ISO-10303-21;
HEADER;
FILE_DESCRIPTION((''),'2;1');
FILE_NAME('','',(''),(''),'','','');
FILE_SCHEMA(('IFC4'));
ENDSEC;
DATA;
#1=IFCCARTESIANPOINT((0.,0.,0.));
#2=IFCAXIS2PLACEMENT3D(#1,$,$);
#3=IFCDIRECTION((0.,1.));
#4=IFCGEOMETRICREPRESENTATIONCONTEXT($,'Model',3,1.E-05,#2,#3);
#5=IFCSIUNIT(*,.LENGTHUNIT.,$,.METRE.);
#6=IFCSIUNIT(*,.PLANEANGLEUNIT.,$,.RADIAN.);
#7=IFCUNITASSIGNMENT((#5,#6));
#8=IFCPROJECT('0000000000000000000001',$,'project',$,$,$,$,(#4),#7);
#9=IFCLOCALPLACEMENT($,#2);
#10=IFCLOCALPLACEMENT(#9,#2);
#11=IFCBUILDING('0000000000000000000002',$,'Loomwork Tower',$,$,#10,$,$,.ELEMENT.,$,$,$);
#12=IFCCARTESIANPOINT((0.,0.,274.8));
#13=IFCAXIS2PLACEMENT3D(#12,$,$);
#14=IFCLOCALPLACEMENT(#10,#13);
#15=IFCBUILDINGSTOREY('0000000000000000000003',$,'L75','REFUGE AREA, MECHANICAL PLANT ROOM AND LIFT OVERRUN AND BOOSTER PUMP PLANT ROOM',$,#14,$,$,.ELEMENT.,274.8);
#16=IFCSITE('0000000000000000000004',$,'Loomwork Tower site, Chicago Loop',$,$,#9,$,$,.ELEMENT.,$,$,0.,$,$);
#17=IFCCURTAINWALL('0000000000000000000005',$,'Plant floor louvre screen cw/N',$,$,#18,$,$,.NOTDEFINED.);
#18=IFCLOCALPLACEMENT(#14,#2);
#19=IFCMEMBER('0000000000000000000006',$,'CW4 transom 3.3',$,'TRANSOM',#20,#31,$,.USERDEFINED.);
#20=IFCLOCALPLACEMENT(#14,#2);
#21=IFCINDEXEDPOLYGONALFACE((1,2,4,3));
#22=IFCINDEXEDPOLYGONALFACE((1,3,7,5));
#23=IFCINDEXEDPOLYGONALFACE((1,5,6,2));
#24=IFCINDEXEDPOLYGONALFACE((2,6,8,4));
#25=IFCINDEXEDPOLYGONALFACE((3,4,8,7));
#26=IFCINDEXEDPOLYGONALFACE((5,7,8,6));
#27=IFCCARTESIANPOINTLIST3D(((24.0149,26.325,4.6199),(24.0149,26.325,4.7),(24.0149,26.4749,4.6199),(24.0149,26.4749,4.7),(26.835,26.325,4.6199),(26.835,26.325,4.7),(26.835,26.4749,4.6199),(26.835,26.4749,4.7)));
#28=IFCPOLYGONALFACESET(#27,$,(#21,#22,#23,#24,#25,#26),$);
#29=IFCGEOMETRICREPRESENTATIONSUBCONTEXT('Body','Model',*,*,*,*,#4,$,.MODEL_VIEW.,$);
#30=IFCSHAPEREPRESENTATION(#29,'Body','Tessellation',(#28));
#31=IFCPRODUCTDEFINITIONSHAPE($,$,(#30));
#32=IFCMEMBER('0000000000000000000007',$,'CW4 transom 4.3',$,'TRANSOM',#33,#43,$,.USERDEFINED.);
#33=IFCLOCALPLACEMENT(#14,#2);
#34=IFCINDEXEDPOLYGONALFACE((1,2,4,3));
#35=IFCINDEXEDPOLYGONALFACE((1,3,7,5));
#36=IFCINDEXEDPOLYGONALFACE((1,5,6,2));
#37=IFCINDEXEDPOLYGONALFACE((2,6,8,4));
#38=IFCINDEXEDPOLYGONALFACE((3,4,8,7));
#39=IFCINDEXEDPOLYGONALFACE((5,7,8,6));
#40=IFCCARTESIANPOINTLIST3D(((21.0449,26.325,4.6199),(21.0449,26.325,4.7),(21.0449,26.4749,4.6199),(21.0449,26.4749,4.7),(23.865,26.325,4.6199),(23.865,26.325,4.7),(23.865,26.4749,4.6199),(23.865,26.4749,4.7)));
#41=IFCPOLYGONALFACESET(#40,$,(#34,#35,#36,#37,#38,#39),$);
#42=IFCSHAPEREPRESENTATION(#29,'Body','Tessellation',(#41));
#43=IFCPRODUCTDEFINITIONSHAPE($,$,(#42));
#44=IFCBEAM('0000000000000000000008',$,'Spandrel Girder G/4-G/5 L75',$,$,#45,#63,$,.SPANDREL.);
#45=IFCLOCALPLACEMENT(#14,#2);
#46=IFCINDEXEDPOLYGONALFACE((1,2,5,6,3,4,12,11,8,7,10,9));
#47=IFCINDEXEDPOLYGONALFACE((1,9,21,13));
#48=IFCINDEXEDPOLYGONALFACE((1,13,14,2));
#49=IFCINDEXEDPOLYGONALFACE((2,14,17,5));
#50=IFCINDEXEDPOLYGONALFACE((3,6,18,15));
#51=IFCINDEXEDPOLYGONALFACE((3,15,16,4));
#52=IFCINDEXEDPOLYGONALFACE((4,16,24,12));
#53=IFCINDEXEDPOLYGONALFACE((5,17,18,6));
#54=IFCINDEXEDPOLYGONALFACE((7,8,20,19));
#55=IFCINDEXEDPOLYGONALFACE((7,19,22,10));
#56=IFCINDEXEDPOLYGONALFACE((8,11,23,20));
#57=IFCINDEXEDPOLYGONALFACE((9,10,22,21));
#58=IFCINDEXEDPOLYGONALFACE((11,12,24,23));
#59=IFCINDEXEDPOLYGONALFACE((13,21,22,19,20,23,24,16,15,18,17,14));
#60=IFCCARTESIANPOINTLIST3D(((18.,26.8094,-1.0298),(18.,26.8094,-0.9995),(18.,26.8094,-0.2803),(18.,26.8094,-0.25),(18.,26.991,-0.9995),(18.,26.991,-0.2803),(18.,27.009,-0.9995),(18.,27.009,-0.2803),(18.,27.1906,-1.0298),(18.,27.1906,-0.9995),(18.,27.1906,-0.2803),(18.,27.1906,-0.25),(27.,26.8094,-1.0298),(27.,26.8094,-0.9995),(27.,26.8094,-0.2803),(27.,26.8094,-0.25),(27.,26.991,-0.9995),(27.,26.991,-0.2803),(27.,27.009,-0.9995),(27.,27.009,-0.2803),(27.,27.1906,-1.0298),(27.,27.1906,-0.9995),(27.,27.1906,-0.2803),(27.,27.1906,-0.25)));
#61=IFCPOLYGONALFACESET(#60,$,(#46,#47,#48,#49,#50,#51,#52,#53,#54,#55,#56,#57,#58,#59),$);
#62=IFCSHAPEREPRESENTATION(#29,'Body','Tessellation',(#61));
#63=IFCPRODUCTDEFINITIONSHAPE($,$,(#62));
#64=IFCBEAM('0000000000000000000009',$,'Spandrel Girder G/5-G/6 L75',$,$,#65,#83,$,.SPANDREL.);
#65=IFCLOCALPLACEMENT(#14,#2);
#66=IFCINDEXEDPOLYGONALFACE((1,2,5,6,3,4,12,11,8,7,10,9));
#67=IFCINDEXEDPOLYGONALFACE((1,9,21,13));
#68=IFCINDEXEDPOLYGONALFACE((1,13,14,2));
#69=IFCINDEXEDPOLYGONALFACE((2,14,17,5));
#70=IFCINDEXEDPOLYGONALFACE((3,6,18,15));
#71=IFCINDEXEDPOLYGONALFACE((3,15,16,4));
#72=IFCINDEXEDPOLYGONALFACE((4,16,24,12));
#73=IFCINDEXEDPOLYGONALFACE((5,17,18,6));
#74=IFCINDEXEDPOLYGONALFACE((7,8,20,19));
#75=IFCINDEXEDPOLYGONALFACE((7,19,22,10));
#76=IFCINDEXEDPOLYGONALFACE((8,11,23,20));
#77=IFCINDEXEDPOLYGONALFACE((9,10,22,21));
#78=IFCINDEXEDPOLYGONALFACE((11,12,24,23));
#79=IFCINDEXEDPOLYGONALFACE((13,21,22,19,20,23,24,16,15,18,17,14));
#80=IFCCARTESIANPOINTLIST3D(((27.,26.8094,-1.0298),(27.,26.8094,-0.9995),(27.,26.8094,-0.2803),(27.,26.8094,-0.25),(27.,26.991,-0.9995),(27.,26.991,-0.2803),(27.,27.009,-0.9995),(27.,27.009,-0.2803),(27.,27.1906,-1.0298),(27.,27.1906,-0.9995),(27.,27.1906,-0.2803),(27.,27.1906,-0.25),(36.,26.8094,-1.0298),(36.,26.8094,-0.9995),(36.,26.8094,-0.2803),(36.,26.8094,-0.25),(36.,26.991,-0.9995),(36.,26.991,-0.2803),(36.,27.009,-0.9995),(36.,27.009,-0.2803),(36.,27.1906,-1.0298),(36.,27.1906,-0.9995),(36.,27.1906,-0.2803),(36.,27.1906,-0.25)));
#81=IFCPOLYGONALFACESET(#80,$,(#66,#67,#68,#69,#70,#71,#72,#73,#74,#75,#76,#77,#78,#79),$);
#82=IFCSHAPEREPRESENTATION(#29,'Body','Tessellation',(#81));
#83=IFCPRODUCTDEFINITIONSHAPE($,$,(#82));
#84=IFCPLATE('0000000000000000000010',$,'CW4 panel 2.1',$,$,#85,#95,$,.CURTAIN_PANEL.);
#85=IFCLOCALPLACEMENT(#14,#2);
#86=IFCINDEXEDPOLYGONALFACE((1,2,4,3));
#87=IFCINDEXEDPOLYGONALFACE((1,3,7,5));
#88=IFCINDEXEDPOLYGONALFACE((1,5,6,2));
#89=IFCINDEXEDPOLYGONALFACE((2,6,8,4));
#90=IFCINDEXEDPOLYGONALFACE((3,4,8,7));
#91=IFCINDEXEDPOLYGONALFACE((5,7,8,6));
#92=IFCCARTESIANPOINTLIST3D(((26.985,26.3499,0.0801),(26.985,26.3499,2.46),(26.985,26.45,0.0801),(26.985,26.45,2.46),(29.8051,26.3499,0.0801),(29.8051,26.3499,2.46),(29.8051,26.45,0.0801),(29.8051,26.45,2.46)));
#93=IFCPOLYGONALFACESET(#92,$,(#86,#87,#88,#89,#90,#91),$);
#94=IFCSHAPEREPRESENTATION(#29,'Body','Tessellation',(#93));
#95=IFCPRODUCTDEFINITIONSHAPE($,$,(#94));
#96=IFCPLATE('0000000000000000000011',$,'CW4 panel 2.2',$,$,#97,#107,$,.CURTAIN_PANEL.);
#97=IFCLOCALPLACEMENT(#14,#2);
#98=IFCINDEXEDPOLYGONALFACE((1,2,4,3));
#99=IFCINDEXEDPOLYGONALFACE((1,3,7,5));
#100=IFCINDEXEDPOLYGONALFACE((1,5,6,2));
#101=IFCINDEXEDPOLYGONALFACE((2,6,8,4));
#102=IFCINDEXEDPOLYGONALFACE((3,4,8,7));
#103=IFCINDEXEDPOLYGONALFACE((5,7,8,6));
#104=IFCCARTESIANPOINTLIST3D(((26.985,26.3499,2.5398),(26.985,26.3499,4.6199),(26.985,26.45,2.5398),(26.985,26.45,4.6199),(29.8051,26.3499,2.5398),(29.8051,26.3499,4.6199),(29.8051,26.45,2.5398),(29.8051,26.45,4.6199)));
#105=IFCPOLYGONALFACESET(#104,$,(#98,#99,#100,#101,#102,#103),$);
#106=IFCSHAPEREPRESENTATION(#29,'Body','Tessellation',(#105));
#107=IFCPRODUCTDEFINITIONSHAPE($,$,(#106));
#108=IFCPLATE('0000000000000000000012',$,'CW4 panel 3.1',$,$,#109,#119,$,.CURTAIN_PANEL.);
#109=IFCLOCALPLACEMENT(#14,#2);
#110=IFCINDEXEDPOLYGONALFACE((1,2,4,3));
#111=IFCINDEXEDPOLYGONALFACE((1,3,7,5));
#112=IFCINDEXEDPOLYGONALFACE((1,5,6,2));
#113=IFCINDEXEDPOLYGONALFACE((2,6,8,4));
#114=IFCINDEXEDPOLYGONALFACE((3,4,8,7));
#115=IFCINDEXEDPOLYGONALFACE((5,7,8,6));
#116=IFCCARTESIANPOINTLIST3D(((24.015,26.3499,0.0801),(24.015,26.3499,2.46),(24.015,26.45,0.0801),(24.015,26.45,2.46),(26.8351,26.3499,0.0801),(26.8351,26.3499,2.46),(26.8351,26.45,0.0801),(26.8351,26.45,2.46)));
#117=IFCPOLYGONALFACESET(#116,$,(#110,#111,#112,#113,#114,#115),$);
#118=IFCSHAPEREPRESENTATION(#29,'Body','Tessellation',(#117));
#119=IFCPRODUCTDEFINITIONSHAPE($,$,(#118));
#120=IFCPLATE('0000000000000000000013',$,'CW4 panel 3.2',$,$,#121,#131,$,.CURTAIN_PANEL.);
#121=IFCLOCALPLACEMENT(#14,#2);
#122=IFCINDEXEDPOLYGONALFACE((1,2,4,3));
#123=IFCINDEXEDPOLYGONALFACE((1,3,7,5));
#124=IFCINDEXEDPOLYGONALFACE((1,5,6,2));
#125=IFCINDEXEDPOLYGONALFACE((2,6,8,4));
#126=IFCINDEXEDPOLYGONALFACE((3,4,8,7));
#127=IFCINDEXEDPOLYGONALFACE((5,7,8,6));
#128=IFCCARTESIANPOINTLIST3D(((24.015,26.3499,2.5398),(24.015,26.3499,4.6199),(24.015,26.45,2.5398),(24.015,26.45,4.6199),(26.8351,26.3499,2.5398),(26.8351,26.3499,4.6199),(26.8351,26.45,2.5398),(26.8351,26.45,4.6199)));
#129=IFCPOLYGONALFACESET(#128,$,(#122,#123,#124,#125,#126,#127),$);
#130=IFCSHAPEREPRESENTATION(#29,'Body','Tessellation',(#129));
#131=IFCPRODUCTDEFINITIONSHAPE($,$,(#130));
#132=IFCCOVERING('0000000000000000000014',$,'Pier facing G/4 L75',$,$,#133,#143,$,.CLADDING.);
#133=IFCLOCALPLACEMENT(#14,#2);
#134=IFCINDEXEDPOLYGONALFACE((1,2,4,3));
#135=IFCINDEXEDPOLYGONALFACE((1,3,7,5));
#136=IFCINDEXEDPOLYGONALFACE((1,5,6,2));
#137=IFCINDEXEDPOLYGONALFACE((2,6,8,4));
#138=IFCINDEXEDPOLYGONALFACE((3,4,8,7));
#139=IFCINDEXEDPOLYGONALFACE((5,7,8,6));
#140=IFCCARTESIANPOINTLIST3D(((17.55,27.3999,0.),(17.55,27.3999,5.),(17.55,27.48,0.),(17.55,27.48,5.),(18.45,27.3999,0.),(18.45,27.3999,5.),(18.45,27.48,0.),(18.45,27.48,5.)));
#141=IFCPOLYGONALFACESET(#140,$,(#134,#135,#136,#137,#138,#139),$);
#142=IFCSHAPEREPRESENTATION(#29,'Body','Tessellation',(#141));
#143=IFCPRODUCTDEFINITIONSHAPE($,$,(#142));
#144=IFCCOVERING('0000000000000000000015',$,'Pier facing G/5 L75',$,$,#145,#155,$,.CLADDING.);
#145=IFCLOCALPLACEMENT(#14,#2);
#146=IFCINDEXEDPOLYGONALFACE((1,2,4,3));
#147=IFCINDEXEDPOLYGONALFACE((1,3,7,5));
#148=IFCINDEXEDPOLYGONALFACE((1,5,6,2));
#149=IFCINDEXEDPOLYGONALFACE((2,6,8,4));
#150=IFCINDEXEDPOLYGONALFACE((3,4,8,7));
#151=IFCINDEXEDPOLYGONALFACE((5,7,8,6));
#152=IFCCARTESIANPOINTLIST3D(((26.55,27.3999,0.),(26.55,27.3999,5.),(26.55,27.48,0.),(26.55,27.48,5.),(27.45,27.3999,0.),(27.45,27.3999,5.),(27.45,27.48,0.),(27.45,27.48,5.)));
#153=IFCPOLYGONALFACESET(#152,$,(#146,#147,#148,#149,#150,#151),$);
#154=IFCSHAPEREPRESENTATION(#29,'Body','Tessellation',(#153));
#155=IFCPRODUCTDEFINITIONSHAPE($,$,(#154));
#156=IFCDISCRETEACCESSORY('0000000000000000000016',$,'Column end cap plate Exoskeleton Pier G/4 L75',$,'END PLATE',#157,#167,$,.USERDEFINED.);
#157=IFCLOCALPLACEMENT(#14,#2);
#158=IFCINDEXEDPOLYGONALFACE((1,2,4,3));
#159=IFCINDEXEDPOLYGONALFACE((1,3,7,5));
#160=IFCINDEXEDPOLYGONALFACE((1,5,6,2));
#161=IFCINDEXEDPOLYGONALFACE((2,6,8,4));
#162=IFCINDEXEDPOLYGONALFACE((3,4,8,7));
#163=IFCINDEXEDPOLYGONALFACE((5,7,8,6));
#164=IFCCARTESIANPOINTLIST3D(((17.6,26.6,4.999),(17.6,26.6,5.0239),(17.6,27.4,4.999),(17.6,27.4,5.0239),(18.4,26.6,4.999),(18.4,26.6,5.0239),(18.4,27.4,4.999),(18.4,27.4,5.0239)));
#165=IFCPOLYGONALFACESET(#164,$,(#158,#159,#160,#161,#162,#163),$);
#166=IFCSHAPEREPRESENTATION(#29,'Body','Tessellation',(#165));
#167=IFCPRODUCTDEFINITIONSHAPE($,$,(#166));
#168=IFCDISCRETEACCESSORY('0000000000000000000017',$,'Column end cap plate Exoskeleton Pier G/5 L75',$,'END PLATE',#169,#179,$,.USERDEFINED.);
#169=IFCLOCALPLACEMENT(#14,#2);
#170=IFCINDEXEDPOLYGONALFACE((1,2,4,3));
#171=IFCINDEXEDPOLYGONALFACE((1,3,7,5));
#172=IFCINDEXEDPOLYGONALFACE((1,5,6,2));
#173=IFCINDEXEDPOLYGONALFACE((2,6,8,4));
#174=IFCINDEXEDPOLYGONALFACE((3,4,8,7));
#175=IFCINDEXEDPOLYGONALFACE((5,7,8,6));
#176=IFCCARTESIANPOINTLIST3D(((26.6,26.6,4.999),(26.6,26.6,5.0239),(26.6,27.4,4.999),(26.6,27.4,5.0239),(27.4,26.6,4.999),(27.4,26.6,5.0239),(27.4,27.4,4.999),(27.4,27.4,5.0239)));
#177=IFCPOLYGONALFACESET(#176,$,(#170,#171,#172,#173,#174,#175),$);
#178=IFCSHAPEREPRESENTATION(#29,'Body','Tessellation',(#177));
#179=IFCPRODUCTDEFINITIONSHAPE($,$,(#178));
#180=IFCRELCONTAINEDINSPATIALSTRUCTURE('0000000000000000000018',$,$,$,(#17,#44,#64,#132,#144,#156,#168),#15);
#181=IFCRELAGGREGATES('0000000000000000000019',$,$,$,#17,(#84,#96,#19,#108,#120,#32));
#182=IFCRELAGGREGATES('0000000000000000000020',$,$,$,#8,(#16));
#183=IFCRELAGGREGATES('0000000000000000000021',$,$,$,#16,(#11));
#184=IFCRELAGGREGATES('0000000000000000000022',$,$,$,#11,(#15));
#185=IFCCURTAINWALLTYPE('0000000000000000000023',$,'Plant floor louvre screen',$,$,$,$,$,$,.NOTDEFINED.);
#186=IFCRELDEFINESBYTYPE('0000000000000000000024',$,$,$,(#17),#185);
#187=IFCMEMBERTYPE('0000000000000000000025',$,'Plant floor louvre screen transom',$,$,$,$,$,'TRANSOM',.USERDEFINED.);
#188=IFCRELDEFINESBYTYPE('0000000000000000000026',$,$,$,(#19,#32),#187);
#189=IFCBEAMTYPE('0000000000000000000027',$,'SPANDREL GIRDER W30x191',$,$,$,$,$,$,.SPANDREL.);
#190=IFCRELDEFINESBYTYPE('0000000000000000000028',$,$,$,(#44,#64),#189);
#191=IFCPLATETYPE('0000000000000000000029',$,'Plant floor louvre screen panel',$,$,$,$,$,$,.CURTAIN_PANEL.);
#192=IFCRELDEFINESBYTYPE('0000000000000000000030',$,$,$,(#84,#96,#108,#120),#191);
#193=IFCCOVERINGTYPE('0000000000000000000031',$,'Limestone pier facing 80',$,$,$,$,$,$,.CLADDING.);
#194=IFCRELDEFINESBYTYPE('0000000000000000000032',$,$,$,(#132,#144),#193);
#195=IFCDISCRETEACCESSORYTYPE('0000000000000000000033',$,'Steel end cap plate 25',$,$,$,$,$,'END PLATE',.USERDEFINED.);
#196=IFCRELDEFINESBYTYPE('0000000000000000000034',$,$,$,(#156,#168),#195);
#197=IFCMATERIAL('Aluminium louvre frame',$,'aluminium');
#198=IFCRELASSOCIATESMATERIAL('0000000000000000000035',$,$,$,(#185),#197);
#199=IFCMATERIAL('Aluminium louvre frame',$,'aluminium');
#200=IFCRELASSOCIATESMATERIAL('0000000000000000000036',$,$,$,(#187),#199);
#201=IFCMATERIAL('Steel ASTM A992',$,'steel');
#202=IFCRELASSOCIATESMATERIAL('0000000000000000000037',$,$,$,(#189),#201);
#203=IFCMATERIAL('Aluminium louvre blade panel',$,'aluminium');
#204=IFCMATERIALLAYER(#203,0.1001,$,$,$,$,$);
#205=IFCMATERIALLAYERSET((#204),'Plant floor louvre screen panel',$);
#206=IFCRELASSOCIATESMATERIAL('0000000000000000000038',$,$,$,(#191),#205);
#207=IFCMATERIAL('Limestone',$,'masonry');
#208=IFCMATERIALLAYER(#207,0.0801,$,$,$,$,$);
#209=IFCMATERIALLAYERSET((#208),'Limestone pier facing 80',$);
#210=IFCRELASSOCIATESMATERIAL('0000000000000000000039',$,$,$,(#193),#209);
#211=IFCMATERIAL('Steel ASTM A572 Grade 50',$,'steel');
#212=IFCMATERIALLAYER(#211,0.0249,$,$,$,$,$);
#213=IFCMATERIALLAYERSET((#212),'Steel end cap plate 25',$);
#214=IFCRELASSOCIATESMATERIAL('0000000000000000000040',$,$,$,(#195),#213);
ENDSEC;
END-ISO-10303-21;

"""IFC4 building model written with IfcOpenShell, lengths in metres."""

from ifc_helpers import new_model, si_unit, direction, frame, origin, origin_2d, place, context, subcontext, project, spatial, rectangle, i_section, extrude, material, layer, layer_set, material_profile, profile_set, type_object, element, aggregate, save


model = new_model("IFC4")

# Units and contexts
model_context = context("Model", 3, precision=1e-05, world=origin(), true_north=direction((0.0, 1.0)))
body_context = subcontext(model_context, "Body", "Model", "MODEL_VIEW")
ifc_project = project(units=[si_unit("LENGTHUNIT", "METRE"), si_unit("PLANEANGLEUNIT", "RADIAN")], contexts=[model_context])

# Site, building, storey
site_placement = place(None, origin())
site = spatial("IfcSite", under=ifc_project, at=site_placement, Name="Loomwork Tower site, Chicago Loop", CompositionType="ELEMENT", RefElevation=0.0)
building_placement = place(site_placement, origin())
building = spatial("IfcBuilding", under=site, at=building_placement, Name="Loomwork Tower", CompositionType="ELEMENT")
storey_placement = place(building_placement, frame((0.0, 0.0, 274.8)))
storey = spatial("IfcBuildingStorey", under=building, at=storey_placement, Name="L75", Description="REFUGE AREA, MECHANICAL PLANT ROOM AND LIFT OVERRUN AND BOOSTER PUMP PLANT ROOM", CompositionType="ELEMENT", Elevation=274.8)

# Curtain wall, members
ifc_material_1 = material(Name="Aluminium louvre frame", Category="aluminium")
curtain_wall_type = type_object("IfcCurtainWallType", Name="Plant floor louvre screen", PredefinedType="NOTDEFINED", material=ifc_material_1)
curtain_wall_placement = place(storey_placement, origin())
curtain_wall = element("IfcCurtainWall", 1, at=curtain_wall_placement, inside=storey, type_object=curtain_wall_type, Name="Plant floor louvre screen cw/N", PredefinedType="NOTDEFINED")
ifc_material_2 = material(Name="Aluminium louvre frame", Category="aluminium")
ifc_material_profile_1 = material_profile(ifc_material_2, rectangle(XDim=0.1499, YDim=0.0801, at=origin_2d()), Name="AL 80x150")
ifc_profile_set_1 = profile_set([ifc_material_profile_1], Name="Aluminium louvre frame")
member_type_1 = type_object("IfcMemberType", Name="Plant floor louvre screen transom", ElementType="TRANSOM", PredefinedType="USERDEFINED", material=ifc_profile_set_1)
member_1_placement = place(storey_placement, frame((26.835, 26.3999, 4.6599), z_axis=(-1.0, 0.0, 0.0), x_axis=(0.0, -1.0, 0.0)))
member_1 = element("IfcMember", 2, at=member_1_placement, type_object=member_type_1, Name="CW4 transom 3.3", ObjectType="TRANSOM", PredefinedType="USERDEFINED", context=body_context, shape_type="SweptSolid", body=[
    extrude(rectangle(XDim=0.1499, YDim=0.0801, at=origin_2d()), origin(), (0.0, 0.0, 1.0), 2.8201),
])
member_2_placement = place(storey_placement, frame((23.865, 26.3999, 4.6599), z_axis=(-1.0, 0.0, 0.0), x_axis=(0.0, -1.0, 0.0)))
member_2 = element("IfcMember", 3, at=member_2_placement, type_object=member_type_1, Name="CW4 transom 4.3", ObjectType="TRANSOM", PredefinedType="USERDEFINED", context=body_context, shape_type="SweptSolid", body=[
    extrude(rectangle(XDim=0.1499, YDim=0.0801, at=origin_2d()), origin(), (0.0, 0.0, 1.0), 2.8201),
])

# Beams
ifc_material_3 = material(Name="Steel ASTM A992", Category="steel")
ifc_material_profile_2 = material_profile(ifc_material_3, i_section(OverallWidth=0.3811, OverallDepth=0.7798, WebThickness=0.0181, FlangeThickness=0.0303, at=origin_2d()), Name="W30x191")
ifc_profile_set_2 = profile_set([ifc_material_profile_2], Name="Steel ASTM A992")
beam_type = type_object("IfcBeamType", Name="SPANDREL GIRDER W30x191", PredefinedType="SPANDREL", material=ifc_profile_set_2)
for number, where, z_axis, x_axis, name in (
    (4, (18.0, 27.0, -0.6399), (1.0, 0.0, 0.0), (0.0, 1.0, 0.0), "Spandrel Girder G/4-G/5 L75"),
    (5, (27.0, 27.0, -0.6399), (1.0, 0.0, 0.0), (0.0, 1.0, 0.0), "Spandrel Girder G/5-G/6 L75"),
):
    element("IfcBeam", number, at=place(storey_placement, frame(where, z_axis=z_axis, x_axis=x_axis)), inside=storey, type_object=beam_type, Name=name, PredefinedType="SPANDREL", context=body_context, shape_type="SweptSolid", body=[
        extrude(i_section(OverallWidth=0.3811, OverallDepth=0.7798, WebThickness=0.0181, FlangeThickness=0.0303, at=origin_2d()), origin(), (0.0, 0.0, 1.0), 9.0),
    ])

# Plates
ifc_material_4 = material(Name="Aluminium louvre blade panel", Category="aluminium")
ifc_layer_1 = layer(ifc_material_4, 0.1001)
ifc_layer_set_1 = layer_set([ifc_layer_1], Name="Plant floor louvre screen panel")
plate_type = type_object("IfcPlateType", Name="Plant floor louvre screen panel", PredefinedType="CURTAIN_PANEL", material=ifc_layer_set_1)
plate_1_placement = place(storey_placement, frame((28.395, 26.3999, 0.0801), z_axis=(0.0, 0.0, 1.0), x_axis=(-1.0, 0.0, 0.0)))
plate_1 = element("IfcPlate", 6, at=plate_1_placement, type_object=plate_type, Name="CW4 panel 2.1", PredefinedType="CURTAIN_PANEL", context=body_context, shape_type="SweptSolid", body=[
    extrude(rectangle(XDim=2.8201, YDim=0.1001, at=origin_2d()), origin(), (0.0, 0.0, 1.0), 2.3799),
])
plate_2_placement = place(storey_placement, frame((28.395, 26.3999, 2.5398), z_axis=(0.0, 0.0, 1.0), x_axis=(-1.0, 0.0, 0.0)))
plate_2 = element("IfcPlate", 7, at=plate_2_placement, type_object=plate_type, Name="CW4 panel 2.2", PredefinedType="CURTAIN_PANEL", context=body_context, shape_type="SweptSolid", body=[
    extrude(rectangle(XDim=2.8201, YDim=0.1001, at=origin_2d()), origin(), (0.0, 0.0, 1.0), 2.0801),
])
plate_3_placement = place(storey_placement, frame((25.425, 26.3999, 0.0801), z_axis=(0.0, 0.0, 1.0), x_axis=(-1.0, 0.0, 0.0)))
plate_3 = element("IfcPlate", 8, at=plate_3_placement, type_object=plate_type, Name="CW4 panel 3.1", PredefinedType="CURTAIN_PANEL", context=body_context, shape_type="SweptSolid", body=[
    extrude(rectangle(XDim=2.8201, YDim=0.1001, at=origin_2d()), origin(), (0.0, 0.0, 1.0), 2.3799),
])
plate_4_placement = place(storey_placement, frame((25.425, 26.3999, 2.5398), z_axis=(0.0, 0.0, 1.0), x_axis=(-1.0, 0.0, 0.0)))
plate_4 = element("IfcPlate", 9, at=plate_4_placement, type_object=plate_type, Name="CW4 panel 3.2", PredefinedType="CURTAIN_PANEL", context=body_context, shape_type="SweptSolid", body=[
    extrude(rectangle(XDim=2.8201, YDim=0.1001, at=origin_2d()), origin(), (0.0, 0.0, 1.0), 2.0801),
])
aggregate(curtain_wall, [plate_1, plate_2, member_1, plate_3, plate_4, member_2])

# Coverings
ifc_material_5 = material(Name="Limestone", Category="masonry")
ifc_layer_2 = layer(ifc_material_5, 0.0801)
ifc_layer_set_2 = layer_set([ifc_layer_2], Name="Limestone pier facing 80")
covering_type = type_object("IfcCoveringType", Name="Limestone pier facing 80", PredefinedType="CLADDING", material=ifc_layer_set_2)
for number, where, z_axis, x_axis, name in (
    (10, (18.0, 27.4399, 0.0), (0.0, 0.0, 1.0), (1.0, 0.0, 0.0), "Pier facing G/4 L75"),
    (11, (27.0, 27.4399, 0.0), (0.0, 0.0, 1.0), (1.0, 0.0, 0.0), "Pier facing G/5 L75"),
):
    element("IfcCovering", number, at=place(storey_placement, frame(where, z_axis=z_axis, x_axis=x_axis)), inside=storey, type_object=covering_type, Name=name, PredefinedType="CLADDING", context=body_context, shape_type="SweptSolid", body=[
        extrude(rectangle(XDim=0.8999, YDim=0.0801, at=origin_2d()), origin(), (0.0, 0.0, 1.0), 5.0),
    ])

# Discrete accessories
ifc_material_6 = material(Name="Steel ASTM A572 Grade 50", Category="steel")
ifc_layer_3 = layer(ifc_material_6, 0.0249)
ifc_layer_set_3 = layer_set([ifc_layer_3], Name="Steel end cap plate 25")
discrete_accessory_type = type_object("IfcDiscreteAccessoryType", Name="Steel end cap plate 25", ElementType="END PLATE", PredefinedType="USERDEFINED", material=ifc_layer_set_3)
for number, where, z_axis, x_axis, name in (
    (12, (18.0, 27.0, 4.999), (0.0, 0.0, 1.0), (1.0, 0.0, 0.0), "Column end cap plate Exoskeleton Pier G/4 L75"),
    (13, (27.0, 27.0, 4.999), (0.0, 0.0, 1.0), (1.0, 0.0, 0.0), "Column end cap plate Exoskeleton Pier G/5 L75"),
):
    element("IfcDiscreteAccessory", number, at=place(storey_placement, frame(where, z_axis=z_axis, x_axis=x_axis)), inside=storey, type_object=discrete_accessory_type, Name=name, ObjectType="END PLATE", PredefinedType="USERDEFINED", context=body_context, shape_type="SweptSolid", body=[
        extrude(rectangle(XDim=0.8, YDim=0.8, at=origin_2d()), origin(), (0.0, 0.0, 1.0), 0.0249),
    ])

save(model, "model.ifc")
